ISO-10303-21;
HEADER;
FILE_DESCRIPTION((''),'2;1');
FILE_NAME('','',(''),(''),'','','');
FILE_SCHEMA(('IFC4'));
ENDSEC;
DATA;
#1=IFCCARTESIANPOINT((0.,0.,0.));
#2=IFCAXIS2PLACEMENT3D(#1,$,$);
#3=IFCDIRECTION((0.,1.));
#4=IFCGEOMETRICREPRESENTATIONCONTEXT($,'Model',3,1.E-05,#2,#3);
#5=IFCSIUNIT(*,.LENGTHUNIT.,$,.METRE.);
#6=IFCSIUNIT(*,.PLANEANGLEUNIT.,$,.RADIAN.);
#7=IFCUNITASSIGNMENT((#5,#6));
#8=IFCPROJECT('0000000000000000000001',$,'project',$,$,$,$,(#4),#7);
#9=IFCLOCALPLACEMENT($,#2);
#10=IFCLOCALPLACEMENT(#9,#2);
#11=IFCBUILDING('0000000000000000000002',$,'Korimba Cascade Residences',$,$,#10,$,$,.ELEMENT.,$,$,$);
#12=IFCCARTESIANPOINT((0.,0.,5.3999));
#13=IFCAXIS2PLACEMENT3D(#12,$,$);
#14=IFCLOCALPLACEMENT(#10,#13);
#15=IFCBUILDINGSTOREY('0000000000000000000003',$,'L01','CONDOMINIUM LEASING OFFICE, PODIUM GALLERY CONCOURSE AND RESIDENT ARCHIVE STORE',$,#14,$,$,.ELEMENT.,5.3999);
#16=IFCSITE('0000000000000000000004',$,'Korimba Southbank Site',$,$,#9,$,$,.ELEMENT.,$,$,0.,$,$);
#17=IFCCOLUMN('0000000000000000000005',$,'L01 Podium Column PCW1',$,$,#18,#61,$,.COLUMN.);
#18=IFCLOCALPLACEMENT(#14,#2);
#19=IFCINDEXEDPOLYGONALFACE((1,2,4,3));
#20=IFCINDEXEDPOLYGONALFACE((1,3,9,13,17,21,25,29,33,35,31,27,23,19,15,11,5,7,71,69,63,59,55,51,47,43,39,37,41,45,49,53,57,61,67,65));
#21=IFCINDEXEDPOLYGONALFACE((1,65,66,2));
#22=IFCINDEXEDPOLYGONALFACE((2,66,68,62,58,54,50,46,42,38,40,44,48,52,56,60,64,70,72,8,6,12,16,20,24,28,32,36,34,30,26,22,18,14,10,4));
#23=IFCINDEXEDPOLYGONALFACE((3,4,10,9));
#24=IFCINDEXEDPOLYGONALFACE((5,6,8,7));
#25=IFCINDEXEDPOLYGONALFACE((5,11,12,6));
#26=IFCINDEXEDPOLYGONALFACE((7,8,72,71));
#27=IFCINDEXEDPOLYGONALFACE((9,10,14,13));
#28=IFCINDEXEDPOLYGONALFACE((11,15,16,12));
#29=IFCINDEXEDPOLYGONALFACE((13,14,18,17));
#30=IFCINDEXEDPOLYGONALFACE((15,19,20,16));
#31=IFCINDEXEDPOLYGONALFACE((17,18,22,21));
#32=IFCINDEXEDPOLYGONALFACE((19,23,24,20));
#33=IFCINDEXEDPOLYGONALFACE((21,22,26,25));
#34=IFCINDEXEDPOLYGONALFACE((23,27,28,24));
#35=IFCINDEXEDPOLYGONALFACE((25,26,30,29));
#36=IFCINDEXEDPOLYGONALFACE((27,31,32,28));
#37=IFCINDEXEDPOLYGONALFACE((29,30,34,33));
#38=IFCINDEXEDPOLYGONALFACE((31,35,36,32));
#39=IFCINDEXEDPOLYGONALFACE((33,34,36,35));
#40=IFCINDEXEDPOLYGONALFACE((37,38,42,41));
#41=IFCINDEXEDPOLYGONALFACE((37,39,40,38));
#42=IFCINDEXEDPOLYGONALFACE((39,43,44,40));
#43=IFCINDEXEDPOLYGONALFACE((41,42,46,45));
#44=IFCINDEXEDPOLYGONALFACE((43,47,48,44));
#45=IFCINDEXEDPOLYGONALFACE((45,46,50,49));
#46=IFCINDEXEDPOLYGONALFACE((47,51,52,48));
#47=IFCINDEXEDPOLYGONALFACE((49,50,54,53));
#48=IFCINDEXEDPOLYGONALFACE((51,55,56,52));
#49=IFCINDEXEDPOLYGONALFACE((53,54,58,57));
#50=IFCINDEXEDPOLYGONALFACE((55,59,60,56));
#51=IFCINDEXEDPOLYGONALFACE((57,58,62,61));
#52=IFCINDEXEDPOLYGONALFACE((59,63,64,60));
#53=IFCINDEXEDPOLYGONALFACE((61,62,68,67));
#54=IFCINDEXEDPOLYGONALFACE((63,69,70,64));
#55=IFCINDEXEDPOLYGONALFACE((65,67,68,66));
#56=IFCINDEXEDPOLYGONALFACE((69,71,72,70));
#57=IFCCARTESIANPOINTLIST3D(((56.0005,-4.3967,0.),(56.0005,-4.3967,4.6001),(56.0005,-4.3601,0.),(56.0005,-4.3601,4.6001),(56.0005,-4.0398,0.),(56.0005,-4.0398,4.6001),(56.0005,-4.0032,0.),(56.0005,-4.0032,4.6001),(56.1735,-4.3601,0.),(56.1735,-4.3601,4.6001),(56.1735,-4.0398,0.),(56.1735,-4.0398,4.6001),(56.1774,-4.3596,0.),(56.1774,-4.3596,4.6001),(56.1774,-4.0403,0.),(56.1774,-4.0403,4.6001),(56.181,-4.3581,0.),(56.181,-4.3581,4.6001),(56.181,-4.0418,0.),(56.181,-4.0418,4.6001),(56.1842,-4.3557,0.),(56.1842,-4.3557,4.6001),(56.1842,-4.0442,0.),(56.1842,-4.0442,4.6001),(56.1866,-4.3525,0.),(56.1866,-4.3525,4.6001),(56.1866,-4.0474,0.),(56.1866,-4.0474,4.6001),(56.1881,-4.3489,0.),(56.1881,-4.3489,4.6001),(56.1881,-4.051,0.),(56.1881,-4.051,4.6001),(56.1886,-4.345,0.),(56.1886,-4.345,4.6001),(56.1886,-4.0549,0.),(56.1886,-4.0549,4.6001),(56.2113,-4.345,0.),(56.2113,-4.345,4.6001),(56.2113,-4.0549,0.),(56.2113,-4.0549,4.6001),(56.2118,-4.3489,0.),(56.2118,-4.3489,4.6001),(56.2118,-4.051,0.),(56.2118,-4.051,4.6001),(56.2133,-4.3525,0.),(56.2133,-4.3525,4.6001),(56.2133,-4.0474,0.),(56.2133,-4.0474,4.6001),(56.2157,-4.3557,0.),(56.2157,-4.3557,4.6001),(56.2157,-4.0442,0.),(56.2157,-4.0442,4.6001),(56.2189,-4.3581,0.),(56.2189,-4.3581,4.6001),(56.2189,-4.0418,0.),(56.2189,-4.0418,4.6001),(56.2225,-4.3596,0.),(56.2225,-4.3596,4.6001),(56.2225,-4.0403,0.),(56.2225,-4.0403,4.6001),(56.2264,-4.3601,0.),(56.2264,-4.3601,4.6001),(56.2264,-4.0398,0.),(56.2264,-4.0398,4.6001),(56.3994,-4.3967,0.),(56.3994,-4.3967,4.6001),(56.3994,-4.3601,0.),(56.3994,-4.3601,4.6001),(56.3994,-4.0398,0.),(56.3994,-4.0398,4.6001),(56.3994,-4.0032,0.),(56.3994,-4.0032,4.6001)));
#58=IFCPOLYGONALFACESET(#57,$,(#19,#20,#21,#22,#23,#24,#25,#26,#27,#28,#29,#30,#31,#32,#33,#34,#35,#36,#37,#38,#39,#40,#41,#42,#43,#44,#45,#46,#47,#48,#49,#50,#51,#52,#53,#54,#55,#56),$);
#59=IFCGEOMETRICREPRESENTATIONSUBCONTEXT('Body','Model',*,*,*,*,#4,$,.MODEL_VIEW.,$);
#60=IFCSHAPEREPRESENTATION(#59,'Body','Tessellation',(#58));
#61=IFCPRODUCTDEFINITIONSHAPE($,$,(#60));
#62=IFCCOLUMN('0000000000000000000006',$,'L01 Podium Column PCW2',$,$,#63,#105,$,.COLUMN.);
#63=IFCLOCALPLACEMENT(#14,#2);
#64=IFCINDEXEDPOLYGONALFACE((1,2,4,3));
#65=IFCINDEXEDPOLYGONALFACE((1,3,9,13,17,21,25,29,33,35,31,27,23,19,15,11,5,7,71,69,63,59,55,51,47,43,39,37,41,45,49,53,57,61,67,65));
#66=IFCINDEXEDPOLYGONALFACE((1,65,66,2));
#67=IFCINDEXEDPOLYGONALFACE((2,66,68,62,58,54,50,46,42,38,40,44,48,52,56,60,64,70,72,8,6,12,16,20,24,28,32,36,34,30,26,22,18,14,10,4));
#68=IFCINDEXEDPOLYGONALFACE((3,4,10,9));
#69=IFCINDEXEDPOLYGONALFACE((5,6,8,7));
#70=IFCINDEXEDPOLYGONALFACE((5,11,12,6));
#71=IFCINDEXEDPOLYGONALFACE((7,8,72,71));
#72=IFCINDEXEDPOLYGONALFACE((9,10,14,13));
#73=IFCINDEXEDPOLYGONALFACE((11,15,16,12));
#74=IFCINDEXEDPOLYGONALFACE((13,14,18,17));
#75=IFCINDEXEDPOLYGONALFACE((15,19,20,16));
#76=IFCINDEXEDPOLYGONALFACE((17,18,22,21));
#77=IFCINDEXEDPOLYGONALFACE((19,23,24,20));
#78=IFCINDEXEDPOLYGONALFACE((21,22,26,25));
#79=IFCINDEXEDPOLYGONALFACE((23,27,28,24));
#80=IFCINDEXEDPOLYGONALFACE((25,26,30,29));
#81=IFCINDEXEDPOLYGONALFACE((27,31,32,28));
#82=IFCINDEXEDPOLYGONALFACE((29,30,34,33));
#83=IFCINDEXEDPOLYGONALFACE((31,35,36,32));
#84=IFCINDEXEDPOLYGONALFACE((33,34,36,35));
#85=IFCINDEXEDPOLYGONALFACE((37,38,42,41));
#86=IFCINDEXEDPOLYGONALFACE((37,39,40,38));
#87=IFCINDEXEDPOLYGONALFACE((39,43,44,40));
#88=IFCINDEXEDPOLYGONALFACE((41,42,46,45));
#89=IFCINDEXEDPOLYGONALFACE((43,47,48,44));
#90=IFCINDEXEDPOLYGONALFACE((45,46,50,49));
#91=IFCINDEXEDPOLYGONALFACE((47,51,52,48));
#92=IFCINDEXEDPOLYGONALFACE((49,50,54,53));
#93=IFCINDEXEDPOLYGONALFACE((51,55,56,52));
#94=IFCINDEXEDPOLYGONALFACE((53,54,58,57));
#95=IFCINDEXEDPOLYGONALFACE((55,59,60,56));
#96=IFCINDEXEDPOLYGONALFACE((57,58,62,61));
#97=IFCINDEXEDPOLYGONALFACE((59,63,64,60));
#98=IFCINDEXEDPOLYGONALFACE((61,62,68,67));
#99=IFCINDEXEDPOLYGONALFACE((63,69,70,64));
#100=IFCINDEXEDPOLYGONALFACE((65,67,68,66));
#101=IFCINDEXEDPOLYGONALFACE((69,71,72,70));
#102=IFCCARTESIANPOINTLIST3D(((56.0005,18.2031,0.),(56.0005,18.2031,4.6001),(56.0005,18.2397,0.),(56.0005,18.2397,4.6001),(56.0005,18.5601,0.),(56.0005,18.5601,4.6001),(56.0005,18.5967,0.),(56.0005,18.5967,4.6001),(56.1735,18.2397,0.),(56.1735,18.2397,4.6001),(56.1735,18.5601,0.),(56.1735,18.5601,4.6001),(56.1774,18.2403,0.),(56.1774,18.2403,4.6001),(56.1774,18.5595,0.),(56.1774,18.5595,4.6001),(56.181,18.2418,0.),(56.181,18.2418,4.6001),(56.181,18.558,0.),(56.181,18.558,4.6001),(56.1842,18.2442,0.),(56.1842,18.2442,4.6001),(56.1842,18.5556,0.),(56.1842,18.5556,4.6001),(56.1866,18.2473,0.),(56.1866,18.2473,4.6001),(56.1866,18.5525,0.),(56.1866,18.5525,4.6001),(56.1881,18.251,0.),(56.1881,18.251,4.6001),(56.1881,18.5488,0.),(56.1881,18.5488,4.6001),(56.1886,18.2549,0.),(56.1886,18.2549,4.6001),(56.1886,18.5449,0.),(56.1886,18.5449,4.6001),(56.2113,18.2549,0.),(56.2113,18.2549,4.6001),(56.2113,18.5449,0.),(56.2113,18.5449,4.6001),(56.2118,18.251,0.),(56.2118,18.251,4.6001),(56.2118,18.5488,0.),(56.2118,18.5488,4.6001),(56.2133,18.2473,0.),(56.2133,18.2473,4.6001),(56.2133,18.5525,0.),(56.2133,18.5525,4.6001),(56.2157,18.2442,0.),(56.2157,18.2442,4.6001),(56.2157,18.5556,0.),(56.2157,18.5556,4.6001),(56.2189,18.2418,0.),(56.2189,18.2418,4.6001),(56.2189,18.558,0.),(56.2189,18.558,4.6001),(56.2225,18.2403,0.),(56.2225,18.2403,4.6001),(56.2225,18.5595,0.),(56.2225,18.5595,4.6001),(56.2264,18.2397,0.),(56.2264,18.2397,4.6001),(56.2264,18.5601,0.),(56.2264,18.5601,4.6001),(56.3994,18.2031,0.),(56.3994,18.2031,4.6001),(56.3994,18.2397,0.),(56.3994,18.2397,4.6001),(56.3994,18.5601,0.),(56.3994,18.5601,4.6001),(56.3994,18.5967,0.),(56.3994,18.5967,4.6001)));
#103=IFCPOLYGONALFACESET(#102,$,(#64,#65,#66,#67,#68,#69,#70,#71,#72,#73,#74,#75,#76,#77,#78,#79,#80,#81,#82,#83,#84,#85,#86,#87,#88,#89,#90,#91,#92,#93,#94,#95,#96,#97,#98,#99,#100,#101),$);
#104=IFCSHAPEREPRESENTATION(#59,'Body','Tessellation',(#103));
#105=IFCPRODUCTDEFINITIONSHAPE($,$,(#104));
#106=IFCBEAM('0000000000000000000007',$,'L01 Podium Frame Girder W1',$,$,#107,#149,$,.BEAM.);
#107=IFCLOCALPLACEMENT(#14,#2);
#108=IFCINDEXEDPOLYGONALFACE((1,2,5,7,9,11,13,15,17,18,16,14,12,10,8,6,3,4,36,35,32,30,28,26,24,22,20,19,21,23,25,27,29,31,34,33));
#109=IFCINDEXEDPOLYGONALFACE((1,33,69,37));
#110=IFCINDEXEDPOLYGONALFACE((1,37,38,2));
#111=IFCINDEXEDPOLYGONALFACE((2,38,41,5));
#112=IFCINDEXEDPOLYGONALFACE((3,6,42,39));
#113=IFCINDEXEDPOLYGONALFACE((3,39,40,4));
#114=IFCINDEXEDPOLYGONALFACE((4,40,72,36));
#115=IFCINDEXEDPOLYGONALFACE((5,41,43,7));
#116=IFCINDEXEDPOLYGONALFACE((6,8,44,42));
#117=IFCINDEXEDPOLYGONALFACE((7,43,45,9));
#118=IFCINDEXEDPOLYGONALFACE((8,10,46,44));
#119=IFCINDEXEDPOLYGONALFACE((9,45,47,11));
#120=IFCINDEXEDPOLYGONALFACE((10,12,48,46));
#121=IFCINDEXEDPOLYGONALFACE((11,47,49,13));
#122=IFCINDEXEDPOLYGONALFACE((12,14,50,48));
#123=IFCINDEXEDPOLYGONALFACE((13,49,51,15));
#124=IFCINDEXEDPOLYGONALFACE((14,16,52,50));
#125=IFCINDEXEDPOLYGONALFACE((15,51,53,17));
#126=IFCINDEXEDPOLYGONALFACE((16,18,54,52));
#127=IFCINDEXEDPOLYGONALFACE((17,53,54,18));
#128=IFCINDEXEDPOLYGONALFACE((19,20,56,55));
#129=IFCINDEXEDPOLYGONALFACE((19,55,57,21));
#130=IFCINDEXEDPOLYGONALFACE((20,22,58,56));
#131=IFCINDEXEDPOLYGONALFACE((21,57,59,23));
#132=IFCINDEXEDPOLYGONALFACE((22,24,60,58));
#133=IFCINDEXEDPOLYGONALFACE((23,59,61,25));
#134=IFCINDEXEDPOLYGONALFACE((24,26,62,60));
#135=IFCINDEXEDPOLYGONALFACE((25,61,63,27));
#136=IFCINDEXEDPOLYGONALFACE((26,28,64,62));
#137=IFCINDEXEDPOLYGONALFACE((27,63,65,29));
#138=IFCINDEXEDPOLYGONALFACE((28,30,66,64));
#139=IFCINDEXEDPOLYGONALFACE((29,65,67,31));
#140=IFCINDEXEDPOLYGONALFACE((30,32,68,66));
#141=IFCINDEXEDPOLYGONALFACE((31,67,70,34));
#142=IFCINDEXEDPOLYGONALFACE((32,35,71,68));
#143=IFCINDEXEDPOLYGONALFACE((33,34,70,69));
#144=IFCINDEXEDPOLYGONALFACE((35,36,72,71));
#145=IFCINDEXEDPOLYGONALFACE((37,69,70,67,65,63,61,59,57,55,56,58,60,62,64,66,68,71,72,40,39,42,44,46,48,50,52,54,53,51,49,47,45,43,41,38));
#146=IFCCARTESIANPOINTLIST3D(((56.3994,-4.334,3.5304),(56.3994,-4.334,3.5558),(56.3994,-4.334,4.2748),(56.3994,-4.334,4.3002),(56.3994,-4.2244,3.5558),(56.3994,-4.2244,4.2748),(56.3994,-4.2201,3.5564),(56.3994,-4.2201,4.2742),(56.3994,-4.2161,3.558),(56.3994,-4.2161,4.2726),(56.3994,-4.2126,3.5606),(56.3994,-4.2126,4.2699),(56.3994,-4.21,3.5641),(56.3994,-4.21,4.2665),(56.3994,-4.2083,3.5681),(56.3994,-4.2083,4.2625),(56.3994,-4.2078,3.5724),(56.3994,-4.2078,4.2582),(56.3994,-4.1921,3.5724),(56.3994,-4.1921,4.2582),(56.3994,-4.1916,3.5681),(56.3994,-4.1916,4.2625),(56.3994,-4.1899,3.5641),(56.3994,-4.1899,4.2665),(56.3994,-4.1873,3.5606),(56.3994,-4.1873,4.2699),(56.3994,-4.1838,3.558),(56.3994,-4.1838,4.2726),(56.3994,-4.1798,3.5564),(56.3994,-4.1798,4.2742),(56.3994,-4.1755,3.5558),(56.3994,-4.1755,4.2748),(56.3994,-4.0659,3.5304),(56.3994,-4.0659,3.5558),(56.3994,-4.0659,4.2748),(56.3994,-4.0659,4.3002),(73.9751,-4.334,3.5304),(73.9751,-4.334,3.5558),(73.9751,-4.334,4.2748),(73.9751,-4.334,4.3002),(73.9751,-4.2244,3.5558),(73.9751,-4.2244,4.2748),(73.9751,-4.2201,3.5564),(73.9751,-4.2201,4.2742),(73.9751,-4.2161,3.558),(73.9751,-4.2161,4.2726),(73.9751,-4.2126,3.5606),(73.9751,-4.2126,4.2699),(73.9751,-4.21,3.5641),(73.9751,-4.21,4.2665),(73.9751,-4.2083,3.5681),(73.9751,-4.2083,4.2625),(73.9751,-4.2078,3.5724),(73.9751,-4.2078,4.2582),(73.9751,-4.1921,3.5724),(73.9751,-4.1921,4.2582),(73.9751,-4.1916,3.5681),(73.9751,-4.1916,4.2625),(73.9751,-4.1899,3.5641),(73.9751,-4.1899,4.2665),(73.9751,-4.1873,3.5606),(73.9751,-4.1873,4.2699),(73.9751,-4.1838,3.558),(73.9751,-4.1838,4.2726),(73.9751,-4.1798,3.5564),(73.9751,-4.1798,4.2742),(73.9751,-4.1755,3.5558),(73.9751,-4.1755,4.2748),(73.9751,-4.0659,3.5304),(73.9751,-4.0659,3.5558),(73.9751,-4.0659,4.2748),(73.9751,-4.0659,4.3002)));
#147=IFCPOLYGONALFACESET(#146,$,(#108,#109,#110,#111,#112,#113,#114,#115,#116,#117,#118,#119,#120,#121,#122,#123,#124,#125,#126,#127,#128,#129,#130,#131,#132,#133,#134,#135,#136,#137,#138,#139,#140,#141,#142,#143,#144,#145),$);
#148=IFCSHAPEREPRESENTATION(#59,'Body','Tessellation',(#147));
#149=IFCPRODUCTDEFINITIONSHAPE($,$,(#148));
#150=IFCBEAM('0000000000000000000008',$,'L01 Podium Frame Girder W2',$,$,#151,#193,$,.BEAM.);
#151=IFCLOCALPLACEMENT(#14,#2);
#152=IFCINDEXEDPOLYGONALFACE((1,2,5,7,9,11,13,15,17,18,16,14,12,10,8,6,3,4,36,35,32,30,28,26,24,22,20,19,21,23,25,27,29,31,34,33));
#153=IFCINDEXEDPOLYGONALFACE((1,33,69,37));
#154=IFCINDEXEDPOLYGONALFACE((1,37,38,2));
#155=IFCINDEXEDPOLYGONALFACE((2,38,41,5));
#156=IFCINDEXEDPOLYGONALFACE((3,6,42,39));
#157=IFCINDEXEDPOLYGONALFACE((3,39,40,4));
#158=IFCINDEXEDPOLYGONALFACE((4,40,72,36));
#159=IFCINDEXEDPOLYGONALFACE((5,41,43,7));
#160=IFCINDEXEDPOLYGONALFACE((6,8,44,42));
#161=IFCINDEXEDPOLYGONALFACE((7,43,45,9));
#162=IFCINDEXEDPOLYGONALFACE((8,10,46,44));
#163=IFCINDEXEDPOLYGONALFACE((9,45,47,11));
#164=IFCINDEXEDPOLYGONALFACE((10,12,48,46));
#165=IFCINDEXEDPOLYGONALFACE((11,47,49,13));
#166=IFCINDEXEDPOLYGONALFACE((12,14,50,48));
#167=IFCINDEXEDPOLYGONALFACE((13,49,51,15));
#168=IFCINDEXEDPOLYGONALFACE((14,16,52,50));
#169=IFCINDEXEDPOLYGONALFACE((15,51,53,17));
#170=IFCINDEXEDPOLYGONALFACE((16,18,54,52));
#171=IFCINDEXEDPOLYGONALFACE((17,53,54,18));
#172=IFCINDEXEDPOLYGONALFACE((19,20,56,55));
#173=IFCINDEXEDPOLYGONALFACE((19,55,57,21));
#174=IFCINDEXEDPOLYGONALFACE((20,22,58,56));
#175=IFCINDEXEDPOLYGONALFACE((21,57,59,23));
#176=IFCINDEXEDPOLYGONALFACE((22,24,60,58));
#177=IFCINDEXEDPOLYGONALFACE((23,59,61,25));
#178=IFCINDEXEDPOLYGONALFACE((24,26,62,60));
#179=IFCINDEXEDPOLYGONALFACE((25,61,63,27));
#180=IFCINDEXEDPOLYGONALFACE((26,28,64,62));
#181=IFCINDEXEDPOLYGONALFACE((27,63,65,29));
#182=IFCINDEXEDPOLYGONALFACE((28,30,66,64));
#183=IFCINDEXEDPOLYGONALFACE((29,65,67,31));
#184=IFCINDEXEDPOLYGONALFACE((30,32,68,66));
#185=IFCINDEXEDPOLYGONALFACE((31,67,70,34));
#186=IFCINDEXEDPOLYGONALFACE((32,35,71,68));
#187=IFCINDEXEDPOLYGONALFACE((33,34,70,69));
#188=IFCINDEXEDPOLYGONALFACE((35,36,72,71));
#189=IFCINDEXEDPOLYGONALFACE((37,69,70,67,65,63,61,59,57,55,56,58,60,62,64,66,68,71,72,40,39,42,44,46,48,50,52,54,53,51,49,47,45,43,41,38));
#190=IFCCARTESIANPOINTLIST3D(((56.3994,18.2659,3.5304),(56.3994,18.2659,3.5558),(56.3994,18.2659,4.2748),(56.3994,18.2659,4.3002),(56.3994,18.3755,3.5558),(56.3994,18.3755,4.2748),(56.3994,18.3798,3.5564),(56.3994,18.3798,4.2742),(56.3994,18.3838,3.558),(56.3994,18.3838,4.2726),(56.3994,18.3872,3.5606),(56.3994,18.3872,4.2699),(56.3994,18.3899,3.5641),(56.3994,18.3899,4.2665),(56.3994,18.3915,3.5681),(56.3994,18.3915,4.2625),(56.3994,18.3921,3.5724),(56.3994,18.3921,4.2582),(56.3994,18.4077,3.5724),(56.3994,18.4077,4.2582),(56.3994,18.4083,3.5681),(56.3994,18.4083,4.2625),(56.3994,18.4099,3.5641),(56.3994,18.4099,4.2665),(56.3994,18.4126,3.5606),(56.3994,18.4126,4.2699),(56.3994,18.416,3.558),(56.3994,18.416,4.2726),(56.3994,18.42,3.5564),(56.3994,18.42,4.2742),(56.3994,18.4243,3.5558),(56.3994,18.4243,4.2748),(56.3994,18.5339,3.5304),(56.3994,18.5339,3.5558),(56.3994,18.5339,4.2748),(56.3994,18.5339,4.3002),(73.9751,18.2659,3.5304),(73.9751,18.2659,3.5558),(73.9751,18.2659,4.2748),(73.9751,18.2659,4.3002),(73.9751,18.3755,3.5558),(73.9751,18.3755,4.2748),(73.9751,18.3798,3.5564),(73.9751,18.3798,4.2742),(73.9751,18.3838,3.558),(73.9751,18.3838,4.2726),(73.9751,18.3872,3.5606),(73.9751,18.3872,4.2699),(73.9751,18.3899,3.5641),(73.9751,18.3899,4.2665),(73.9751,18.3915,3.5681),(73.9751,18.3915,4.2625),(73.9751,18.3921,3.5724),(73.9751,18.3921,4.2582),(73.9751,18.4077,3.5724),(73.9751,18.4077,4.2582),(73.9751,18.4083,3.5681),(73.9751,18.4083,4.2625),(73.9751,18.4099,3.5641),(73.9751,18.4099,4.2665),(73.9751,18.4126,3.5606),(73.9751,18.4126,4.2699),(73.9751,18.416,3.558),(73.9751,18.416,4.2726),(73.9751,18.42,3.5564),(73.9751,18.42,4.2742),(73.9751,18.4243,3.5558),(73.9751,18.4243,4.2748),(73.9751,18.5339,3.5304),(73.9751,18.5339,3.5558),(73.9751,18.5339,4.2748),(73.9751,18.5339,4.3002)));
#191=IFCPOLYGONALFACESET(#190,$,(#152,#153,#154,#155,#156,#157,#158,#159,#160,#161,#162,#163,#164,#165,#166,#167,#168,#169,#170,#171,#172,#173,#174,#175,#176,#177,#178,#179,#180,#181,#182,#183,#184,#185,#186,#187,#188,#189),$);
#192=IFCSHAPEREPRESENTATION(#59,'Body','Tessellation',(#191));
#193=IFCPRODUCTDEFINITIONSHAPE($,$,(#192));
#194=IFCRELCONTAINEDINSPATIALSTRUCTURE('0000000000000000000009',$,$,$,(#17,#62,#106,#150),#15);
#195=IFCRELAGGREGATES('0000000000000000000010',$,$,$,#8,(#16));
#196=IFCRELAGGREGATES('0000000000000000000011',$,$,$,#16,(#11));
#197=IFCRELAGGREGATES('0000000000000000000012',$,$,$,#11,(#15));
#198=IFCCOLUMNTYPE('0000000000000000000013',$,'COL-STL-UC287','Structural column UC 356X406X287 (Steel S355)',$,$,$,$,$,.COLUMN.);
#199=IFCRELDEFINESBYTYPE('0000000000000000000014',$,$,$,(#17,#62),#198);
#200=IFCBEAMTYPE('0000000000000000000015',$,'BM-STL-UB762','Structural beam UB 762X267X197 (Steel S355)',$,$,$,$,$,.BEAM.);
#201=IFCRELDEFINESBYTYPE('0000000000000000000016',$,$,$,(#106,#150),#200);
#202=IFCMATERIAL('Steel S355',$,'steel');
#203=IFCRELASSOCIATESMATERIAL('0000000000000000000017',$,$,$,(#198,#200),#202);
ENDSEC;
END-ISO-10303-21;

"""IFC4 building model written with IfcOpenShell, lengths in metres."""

from ifc_helpers import new_model, si_unit, direction, frame, origin, origin_2d, place, context, subcontext, project, spatial, i_section, extrude, material, material_profile, profile_set, type_object, element, save


model = new_model("IFC4")

# Units and contexts
model_context = context("Model", 3, precision=1e-05, world=origin(), true_north=direction((0.0, 1.0)))
body_context = subcontext(model_context, "Body", "Model", "MODEL_VIEW")
ifc_project = project(units=[si_unit("LENGTHUNIT", "METRE"), si_unit("PLANEANGLEUNIT", "RADIAN")], contexts=[model_context])

# Site, building, storey
site_placement = place(None, origin())
site = spatial("IfcSite", under=ifc_project, at=site_placement, Name="Korimba Southbank Site", CompositionType="ELEMENT", RefElevation=0.0)
building_placement = place(site_placement, origin())
building = spatial("IfcBuilding", under=site, at=building_placement, Name="Korimba Cascade Residences", CompositionType="ELEMENT")
storey_placement = place(building_placement, frame((0.0, 0.0, 5.3999)))
storey = spatial("IfcBuildingStorey", under=building, at=storey_placement, Name="L01", Description="CONDOMINIUM LEASING OFFICE, PODIUM GALLERY CONCOURSE AND RESIDENT ARCHIVE STORE", CompositionType="ELEMENT", Elevation=5.3999)

# Columns
ifc_material_1 = material(Name="Steel S355", Category="steel")
ifc_material_profile_1 = material_profile(ifc_material_1, i_section(OverallWidth=0.3989, OverallDepth=0.3936, WebThickness=0.0227, FlangeThickness=0.0366, FilletRadius=0.0151, at=origin_2d()), Name="Steel S355")
ifc_profile_set_1 = profile_set([ifc_material_profile_1], Name="Steel S355")
column_type = type_object("IfcColumnType", Name="COL-STL-UC287", Description="Structural column UC 356X406X287 (Steel S355)", PredefinedType="COLUMN", material=ifc_profile_set_1)
for number, where, z_axis, x_axis, name in (
    (1, (56.2, -4.2, 0.0), (0.0, 0.0, 1.0), (1.0, 0.0, 0.0), "L01 Podium Column PCW1"),
    (2, (56.2, 18.3999, 0.0), (0.0, 0.0, 1.0), (1.0, 0.0, 0.0), "L01 Podium Column PCW2"),
):
    element("IfcColumn", number, at=place(storey_placement, frame(where, z_axis=z_axis, x_axis=x_axis)), inside=storey, type_object=column_type, Name=name, PredefinedType="COLUMN", context=body_context, shape_type="SweptSolid", body=[
        extrude(i_section(OverallWidth=0.3989, OverallDepth=0.3936, WebThickness=0.0227, FlangeThickness=0.0366, FilletRadius=0.0151, at=origin_2d()), origin(), (0.0, 0.0, 1.0), 4.6001),
    ])

# Beams
ifc_material_profile_2 = material_profile(ifc_material_1, i_section(OverallWidth=0.2681, OverallDepth=0.7698, WebThickness=0.0156, FlangeThickness=0.0254, FilletRadius=0.0166, at=origin_2d()), Name="Steel S355")
ifc_profile_set_2 = profile_set([ifc_material_profile_2], Name="Steel S355")
beam_type = type_object("IfcBeamType", Name="BM-STL-UB762", Description="Structural beam UB 762X267X197 (Steel S355)", PredefinedType="BEAM", material=ifc_profile_set_2)
for number, where, z_axis, x_axis, name in (
    (3, (56.3994, -4.2, 3.9153), (1.0, 0.0, 0.0), (0.0, 1.0, 0.0), "L01 Podium Frame Girder W1"),
    (4, (56.3994, 18.3999, 3.9153), (1.0, 0.0, 0.0), (0.0, 1.0, 0.0), "L01 Podium Frame Girder W2"),
):
    element("IfcBeam", number, at=place(storey_placement, frame(where, z_axis=z_axis, x_axis=x_axis)), inside=storey, type_object=beam_type, Name=name, PredefinedType="BEAM", context=body_context, shape_type="SweptSolid", body=[
        extrude(i_section(OverallWidth=0.2681, OverallDepth=0.7698, WebThickness=0.0156, FlangeThickness=0.0254, FilletRadius=0.0166, at=origin_2d()), origin(), (0.0, 0.0, 1.0), 17.5757),
    ])

save(model, "model.ifc")
